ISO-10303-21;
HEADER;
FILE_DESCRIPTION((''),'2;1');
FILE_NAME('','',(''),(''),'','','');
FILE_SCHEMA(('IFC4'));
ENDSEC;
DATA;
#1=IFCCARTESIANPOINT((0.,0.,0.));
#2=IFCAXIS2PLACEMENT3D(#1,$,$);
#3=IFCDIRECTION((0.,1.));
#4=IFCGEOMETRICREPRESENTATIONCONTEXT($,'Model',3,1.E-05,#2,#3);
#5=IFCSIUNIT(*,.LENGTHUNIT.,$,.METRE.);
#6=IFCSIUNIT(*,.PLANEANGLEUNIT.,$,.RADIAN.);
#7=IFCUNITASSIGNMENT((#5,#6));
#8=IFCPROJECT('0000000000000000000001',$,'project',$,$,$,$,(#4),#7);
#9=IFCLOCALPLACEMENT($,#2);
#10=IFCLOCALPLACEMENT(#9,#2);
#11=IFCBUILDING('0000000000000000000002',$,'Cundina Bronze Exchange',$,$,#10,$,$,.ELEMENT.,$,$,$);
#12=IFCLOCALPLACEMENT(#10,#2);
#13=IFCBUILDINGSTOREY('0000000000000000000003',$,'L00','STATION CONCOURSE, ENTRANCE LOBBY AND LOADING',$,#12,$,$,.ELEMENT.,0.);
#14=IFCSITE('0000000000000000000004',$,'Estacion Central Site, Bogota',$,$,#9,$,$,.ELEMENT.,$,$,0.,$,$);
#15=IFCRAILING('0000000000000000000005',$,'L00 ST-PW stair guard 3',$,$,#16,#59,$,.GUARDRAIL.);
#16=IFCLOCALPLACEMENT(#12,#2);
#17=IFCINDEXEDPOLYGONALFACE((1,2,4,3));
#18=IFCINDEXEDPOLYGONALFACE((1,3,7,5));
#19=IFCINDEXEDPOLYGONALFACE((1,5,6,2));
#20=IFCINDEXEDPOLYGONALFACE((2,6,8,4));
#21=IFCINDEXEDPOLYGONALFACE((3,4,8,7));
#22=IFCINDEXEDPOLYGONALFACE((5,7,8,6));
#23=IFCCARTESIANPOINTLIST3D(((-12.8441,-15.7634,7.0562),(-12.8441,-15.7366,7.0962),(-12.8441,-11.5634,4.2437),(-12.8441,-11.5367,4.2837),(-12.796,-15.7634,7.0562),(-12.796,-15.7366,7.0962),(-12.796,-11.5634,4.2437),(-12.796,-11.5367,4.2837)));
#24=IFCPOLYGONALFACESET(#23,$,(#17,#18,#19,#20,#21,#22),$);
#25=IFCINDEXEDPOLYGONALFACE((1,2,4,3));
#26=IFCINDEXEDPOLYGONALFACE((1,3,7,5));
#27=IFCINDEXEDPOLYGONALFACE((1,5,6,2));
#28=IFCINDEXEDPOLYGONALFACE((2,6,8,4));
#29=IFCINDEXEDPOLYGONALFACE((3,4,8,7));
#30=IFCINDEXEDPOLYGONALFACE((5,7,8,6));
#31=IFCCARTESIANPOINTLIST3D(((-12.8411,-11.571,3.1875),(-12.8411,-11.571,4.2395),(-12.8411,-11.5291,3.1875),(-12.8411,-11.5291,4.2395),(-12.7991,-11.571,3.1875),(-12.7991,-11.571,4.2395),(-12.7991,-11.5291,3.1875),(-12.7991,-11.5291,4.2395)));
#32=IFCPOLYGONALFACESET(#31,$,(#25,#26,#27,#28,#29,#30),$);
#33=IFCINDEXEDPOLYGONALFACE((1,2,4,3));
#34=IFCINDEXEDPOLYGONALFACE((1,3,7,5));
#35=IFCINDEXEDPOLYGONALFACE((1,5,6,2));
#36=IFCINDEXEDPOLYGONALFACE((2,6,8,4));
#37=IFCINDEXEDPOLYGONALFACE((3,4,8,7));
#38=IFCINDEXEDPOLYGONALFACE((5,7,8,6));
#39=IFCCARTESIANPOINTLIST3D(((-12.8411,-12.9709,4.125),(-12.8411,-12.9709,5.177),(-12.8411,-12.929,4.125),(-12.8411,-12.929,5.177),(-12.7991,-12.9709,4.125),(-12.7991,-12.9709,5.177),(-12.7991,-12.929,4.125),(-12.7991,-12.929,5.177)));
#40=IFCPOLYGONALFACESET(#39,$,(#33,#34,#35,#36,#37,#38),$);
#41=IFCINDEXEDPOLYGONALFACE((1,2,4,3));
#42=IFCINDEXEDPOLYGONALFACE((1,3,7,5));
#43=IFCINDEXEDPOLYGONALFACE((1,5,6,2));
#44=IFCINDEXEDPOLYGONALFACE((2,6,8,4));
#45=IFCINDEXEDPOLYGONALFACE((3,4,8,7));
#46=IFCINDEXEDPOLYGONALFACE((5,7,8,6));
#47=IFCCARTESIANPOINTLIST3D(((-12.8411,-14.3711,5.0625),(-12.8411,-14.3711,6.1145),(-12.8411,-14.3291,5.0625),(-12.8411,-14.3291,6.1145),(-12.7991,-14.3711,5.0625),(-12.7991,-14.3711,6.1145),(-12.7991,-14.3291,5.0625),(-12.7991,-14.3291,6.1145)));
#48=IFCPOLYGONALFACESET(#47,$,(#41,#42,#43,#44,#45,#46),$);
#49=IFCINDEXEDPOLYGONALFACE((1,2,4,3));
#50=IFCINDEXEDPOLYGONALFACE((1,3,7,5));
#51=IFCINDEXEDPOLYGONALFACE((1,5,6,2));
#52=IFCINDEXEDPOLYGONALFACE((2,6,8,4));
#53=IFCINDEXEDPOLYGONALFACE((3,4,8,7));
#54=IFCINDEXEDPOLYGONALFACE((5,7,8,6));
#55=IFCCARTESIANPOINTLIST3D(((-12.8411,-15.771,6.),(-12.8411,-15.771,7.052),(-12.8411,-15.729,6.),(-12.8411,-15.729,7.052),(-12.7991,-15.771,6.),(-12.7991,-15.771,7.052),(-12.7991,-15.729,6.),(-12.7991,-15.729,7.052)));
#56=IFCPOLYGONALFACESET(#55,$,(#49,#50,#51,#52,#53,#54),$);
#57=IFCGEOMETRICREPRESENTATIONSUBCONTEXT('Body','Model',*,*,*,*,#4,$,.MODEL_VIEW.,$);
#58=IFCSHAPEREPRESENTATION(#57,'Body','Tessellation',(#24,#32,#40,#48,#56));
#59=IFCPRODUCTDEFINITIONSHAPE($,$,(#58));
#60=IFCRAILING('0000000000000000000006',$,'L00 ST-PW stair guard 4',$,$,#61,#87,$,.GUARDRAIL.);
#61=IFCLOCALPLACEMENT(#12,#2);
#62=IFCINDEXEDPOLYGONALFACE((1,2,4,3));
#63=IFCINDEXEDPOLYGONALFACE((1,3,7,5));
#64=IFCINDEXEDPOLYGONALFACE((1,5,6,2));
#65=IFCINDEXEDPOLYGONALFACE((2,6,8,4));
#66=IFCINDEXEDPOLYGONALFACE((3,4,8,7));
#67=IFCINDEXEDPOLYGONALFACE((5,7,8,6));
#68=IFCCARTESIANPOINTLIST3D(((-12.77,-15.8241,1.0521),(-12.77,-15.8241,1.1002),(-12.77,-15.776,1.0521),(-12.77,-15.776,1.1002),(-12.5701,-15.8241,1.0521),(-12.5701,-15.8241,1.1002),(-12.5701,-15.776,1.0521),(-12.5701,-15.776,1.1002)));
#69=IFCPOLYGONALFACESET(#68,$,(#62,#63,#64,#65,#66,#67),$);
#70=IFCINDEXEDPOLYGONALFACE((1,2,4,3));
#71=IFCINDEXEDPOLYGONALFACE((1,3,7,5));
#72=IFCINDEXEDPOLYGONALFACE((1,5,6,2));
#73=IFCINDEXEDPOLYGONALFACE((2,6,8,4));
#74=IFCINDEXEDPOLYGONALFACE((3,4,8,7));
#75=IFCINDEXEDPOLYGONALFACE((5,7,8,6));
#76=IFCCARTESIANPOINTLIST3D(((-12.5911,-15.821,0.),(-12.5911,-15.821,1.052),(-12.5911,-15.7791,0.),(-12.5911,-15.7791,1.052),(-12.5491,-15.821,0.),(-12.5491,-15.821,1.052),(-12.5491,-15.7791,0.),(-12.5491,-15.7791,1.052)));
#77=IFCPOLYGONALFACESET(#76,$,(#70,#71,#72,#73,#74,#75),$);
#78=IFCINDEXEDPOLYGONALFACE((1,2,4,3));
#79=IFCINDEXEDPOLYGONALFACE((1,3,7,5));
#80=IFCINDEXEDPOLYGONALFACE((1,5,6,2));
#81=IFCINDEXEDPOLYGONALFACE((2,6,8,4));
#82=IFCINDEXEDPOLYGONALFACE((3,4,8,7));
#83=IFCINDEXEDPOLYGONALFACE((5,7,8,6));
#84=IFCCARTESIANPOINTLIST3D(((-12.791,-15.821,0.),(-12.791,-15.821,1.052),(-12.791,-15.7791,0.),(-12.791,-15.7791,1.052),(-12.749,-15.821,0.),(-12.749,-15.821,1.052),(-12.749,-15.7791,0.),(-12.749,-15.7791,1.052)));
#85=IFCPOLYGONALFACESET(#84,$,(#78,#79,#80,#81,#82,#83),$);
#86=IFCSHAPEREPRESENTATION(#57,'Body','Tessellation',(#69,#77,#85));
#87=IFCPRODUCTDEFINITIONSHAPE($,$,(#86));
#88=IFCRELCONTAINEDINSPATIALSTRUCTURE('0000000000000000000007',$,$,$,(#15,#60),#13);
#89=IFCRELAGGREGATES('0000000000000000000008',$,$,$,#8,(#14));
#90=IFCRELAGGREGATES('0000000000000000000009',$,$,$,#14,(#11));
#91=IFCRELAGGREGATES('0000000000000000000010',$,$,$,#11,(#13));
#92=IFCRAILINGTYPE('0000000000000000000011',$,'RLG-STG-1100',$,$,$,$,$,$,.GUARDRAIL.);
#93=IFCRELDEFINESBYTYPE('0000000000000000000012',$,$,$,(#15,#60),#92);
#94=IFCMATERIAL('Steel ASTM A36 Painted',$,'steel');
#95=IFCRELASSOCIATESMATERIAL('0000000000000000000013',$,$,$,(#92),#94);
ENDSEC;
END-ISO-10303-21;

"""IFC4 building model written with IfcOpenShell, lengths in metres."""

from ifc_helpers import new_model, si_unit, direction, frame, origin, origin_2d, place, context, subcontext, project, spatial, rectangle, extrude, material, type_object, element, save


model = new_model("IFC4")

# Units and contexts
model_context = context("Model", 3, precision=1e-05, world=origin(), true_north=direction((0.0, 1.0)))
body_context = subcontext(model_context, "Body", "Model", "MODEL_VIEW")
ifc_project = project(units=[si_unit("LENGTHUNIT", "METRE"), si_unit("PLANEANGLEUNIT", "RADIAN")], contexts=[model_context])

# Site, building, storey
site_placement = place(None, origin())
site = spatial("IfcSite", under=ifc_project, at=site_placement, Name="Estacion Central Site, Bogota", CompositionType="ELEMENT", RefElevation=0.0)
building_placement = place(site_placement, origin())
building = spatial("IfcBuilding", under=site, at=building_placement, Name="Cundina Bronze Exchange", CompositionType="ELEMENT")
storey_placement = place(building_placement, origin())
storey = spatial("IfcBuildingStorey", under=building, at=storey_placement, Name="L00", Description="STATION CONCOURSE, ENTRANCE LOBBY AND LOADING", CompositionType="ELEMENT", Elevation=0.0)

# Railings
ifc_material_1 = material(Name="Steel ASTM A36 Painted", Category="steel")
railing_type_1 = type_object("IfcRailingType", Name="RLG-STG-1100", PredefinedType="GUARDRAIL", material=ifc_material_1)
railing_1_placement = place(storey_placement, frame((-12.8201, -11.55, 3.1875)))
element("IfcRailing", 1, at=railing_1_placement, inside=storey, type_object=railing_type_1, Name="L00 ST-PW stair guard 3", PredefinedType="GUARDRAIL", context=body_context, shape_type="SweptSolid", body=[
    extrude(rectangle(XDim=0.0481, YDim=0.0481, at=origin_2d()), frame((0.0, 0.0, 1.0762), z_axis=(0.0, -0.830904, 0.556416), x_axis=(1.0, 0.0, 0.0)), (0.0, 0.0, 1.0), 5.0547),
    extrude(rectangle(XDim=0.042, YDim=0.042, at=origin_2d()), origin(), (0.0, 0.0, 1.0), 1.052),
    extrude(rectangle(XDim=0.042, YDim=0.042, at=origin_2d()), frame((0.0, -1.3999, 0.9375)), (0.0, 0.0, 1.0), 1.052),
    extrude(rectangle(XDim=0.042, YDim=0.042, at=origin_2d()), frame((0.0, -2.8, 1.875)), (0.0, 0.0, 1.0), 1.052),
    extrude(rectangle(XDim=0.042, YDim=0.042, at=origin_2d()), frame((0.0, -4.2, 2.8125)), (0.0, 0.0, 1.0), 1.052),
])
railing_2_placement = place(storey_placement, frame((-12.5701, -15.8, 0.0)))
element("IfcRailing", 2, at=railing_2_placement, inside=storey, type_object=railing_type_1, Name="L00 ST-PW stair guard 4", PredefinedType="GUARDRAIL", context=body_context, shape_type="SweptSolid", body=[
    extrude(rectangle(XDim=0.0481, YDim=0.0481, at=origin_2d()), frame((0.0, 0.0, 1.0762), z_axis=(-1.0, 0.0, 0.0), x_axis=(0.0, -1.0, 0.0)), (0.0, 0.0, 1.0), 0.2),
    extrude(rectangle(XDim=0.042, YDim=0.042, at=origin_2d()), origin(), (0.0, 0.0, 1.0), 1.052),
    extrude(rectangle(XDim=0.042, YDim=0.042, at=origin_2d()), frame((-0.2, 0.0, 0.0)), (0.0, 0.0, 1.0), 1.052),
])

save(model, "model.ifc")
